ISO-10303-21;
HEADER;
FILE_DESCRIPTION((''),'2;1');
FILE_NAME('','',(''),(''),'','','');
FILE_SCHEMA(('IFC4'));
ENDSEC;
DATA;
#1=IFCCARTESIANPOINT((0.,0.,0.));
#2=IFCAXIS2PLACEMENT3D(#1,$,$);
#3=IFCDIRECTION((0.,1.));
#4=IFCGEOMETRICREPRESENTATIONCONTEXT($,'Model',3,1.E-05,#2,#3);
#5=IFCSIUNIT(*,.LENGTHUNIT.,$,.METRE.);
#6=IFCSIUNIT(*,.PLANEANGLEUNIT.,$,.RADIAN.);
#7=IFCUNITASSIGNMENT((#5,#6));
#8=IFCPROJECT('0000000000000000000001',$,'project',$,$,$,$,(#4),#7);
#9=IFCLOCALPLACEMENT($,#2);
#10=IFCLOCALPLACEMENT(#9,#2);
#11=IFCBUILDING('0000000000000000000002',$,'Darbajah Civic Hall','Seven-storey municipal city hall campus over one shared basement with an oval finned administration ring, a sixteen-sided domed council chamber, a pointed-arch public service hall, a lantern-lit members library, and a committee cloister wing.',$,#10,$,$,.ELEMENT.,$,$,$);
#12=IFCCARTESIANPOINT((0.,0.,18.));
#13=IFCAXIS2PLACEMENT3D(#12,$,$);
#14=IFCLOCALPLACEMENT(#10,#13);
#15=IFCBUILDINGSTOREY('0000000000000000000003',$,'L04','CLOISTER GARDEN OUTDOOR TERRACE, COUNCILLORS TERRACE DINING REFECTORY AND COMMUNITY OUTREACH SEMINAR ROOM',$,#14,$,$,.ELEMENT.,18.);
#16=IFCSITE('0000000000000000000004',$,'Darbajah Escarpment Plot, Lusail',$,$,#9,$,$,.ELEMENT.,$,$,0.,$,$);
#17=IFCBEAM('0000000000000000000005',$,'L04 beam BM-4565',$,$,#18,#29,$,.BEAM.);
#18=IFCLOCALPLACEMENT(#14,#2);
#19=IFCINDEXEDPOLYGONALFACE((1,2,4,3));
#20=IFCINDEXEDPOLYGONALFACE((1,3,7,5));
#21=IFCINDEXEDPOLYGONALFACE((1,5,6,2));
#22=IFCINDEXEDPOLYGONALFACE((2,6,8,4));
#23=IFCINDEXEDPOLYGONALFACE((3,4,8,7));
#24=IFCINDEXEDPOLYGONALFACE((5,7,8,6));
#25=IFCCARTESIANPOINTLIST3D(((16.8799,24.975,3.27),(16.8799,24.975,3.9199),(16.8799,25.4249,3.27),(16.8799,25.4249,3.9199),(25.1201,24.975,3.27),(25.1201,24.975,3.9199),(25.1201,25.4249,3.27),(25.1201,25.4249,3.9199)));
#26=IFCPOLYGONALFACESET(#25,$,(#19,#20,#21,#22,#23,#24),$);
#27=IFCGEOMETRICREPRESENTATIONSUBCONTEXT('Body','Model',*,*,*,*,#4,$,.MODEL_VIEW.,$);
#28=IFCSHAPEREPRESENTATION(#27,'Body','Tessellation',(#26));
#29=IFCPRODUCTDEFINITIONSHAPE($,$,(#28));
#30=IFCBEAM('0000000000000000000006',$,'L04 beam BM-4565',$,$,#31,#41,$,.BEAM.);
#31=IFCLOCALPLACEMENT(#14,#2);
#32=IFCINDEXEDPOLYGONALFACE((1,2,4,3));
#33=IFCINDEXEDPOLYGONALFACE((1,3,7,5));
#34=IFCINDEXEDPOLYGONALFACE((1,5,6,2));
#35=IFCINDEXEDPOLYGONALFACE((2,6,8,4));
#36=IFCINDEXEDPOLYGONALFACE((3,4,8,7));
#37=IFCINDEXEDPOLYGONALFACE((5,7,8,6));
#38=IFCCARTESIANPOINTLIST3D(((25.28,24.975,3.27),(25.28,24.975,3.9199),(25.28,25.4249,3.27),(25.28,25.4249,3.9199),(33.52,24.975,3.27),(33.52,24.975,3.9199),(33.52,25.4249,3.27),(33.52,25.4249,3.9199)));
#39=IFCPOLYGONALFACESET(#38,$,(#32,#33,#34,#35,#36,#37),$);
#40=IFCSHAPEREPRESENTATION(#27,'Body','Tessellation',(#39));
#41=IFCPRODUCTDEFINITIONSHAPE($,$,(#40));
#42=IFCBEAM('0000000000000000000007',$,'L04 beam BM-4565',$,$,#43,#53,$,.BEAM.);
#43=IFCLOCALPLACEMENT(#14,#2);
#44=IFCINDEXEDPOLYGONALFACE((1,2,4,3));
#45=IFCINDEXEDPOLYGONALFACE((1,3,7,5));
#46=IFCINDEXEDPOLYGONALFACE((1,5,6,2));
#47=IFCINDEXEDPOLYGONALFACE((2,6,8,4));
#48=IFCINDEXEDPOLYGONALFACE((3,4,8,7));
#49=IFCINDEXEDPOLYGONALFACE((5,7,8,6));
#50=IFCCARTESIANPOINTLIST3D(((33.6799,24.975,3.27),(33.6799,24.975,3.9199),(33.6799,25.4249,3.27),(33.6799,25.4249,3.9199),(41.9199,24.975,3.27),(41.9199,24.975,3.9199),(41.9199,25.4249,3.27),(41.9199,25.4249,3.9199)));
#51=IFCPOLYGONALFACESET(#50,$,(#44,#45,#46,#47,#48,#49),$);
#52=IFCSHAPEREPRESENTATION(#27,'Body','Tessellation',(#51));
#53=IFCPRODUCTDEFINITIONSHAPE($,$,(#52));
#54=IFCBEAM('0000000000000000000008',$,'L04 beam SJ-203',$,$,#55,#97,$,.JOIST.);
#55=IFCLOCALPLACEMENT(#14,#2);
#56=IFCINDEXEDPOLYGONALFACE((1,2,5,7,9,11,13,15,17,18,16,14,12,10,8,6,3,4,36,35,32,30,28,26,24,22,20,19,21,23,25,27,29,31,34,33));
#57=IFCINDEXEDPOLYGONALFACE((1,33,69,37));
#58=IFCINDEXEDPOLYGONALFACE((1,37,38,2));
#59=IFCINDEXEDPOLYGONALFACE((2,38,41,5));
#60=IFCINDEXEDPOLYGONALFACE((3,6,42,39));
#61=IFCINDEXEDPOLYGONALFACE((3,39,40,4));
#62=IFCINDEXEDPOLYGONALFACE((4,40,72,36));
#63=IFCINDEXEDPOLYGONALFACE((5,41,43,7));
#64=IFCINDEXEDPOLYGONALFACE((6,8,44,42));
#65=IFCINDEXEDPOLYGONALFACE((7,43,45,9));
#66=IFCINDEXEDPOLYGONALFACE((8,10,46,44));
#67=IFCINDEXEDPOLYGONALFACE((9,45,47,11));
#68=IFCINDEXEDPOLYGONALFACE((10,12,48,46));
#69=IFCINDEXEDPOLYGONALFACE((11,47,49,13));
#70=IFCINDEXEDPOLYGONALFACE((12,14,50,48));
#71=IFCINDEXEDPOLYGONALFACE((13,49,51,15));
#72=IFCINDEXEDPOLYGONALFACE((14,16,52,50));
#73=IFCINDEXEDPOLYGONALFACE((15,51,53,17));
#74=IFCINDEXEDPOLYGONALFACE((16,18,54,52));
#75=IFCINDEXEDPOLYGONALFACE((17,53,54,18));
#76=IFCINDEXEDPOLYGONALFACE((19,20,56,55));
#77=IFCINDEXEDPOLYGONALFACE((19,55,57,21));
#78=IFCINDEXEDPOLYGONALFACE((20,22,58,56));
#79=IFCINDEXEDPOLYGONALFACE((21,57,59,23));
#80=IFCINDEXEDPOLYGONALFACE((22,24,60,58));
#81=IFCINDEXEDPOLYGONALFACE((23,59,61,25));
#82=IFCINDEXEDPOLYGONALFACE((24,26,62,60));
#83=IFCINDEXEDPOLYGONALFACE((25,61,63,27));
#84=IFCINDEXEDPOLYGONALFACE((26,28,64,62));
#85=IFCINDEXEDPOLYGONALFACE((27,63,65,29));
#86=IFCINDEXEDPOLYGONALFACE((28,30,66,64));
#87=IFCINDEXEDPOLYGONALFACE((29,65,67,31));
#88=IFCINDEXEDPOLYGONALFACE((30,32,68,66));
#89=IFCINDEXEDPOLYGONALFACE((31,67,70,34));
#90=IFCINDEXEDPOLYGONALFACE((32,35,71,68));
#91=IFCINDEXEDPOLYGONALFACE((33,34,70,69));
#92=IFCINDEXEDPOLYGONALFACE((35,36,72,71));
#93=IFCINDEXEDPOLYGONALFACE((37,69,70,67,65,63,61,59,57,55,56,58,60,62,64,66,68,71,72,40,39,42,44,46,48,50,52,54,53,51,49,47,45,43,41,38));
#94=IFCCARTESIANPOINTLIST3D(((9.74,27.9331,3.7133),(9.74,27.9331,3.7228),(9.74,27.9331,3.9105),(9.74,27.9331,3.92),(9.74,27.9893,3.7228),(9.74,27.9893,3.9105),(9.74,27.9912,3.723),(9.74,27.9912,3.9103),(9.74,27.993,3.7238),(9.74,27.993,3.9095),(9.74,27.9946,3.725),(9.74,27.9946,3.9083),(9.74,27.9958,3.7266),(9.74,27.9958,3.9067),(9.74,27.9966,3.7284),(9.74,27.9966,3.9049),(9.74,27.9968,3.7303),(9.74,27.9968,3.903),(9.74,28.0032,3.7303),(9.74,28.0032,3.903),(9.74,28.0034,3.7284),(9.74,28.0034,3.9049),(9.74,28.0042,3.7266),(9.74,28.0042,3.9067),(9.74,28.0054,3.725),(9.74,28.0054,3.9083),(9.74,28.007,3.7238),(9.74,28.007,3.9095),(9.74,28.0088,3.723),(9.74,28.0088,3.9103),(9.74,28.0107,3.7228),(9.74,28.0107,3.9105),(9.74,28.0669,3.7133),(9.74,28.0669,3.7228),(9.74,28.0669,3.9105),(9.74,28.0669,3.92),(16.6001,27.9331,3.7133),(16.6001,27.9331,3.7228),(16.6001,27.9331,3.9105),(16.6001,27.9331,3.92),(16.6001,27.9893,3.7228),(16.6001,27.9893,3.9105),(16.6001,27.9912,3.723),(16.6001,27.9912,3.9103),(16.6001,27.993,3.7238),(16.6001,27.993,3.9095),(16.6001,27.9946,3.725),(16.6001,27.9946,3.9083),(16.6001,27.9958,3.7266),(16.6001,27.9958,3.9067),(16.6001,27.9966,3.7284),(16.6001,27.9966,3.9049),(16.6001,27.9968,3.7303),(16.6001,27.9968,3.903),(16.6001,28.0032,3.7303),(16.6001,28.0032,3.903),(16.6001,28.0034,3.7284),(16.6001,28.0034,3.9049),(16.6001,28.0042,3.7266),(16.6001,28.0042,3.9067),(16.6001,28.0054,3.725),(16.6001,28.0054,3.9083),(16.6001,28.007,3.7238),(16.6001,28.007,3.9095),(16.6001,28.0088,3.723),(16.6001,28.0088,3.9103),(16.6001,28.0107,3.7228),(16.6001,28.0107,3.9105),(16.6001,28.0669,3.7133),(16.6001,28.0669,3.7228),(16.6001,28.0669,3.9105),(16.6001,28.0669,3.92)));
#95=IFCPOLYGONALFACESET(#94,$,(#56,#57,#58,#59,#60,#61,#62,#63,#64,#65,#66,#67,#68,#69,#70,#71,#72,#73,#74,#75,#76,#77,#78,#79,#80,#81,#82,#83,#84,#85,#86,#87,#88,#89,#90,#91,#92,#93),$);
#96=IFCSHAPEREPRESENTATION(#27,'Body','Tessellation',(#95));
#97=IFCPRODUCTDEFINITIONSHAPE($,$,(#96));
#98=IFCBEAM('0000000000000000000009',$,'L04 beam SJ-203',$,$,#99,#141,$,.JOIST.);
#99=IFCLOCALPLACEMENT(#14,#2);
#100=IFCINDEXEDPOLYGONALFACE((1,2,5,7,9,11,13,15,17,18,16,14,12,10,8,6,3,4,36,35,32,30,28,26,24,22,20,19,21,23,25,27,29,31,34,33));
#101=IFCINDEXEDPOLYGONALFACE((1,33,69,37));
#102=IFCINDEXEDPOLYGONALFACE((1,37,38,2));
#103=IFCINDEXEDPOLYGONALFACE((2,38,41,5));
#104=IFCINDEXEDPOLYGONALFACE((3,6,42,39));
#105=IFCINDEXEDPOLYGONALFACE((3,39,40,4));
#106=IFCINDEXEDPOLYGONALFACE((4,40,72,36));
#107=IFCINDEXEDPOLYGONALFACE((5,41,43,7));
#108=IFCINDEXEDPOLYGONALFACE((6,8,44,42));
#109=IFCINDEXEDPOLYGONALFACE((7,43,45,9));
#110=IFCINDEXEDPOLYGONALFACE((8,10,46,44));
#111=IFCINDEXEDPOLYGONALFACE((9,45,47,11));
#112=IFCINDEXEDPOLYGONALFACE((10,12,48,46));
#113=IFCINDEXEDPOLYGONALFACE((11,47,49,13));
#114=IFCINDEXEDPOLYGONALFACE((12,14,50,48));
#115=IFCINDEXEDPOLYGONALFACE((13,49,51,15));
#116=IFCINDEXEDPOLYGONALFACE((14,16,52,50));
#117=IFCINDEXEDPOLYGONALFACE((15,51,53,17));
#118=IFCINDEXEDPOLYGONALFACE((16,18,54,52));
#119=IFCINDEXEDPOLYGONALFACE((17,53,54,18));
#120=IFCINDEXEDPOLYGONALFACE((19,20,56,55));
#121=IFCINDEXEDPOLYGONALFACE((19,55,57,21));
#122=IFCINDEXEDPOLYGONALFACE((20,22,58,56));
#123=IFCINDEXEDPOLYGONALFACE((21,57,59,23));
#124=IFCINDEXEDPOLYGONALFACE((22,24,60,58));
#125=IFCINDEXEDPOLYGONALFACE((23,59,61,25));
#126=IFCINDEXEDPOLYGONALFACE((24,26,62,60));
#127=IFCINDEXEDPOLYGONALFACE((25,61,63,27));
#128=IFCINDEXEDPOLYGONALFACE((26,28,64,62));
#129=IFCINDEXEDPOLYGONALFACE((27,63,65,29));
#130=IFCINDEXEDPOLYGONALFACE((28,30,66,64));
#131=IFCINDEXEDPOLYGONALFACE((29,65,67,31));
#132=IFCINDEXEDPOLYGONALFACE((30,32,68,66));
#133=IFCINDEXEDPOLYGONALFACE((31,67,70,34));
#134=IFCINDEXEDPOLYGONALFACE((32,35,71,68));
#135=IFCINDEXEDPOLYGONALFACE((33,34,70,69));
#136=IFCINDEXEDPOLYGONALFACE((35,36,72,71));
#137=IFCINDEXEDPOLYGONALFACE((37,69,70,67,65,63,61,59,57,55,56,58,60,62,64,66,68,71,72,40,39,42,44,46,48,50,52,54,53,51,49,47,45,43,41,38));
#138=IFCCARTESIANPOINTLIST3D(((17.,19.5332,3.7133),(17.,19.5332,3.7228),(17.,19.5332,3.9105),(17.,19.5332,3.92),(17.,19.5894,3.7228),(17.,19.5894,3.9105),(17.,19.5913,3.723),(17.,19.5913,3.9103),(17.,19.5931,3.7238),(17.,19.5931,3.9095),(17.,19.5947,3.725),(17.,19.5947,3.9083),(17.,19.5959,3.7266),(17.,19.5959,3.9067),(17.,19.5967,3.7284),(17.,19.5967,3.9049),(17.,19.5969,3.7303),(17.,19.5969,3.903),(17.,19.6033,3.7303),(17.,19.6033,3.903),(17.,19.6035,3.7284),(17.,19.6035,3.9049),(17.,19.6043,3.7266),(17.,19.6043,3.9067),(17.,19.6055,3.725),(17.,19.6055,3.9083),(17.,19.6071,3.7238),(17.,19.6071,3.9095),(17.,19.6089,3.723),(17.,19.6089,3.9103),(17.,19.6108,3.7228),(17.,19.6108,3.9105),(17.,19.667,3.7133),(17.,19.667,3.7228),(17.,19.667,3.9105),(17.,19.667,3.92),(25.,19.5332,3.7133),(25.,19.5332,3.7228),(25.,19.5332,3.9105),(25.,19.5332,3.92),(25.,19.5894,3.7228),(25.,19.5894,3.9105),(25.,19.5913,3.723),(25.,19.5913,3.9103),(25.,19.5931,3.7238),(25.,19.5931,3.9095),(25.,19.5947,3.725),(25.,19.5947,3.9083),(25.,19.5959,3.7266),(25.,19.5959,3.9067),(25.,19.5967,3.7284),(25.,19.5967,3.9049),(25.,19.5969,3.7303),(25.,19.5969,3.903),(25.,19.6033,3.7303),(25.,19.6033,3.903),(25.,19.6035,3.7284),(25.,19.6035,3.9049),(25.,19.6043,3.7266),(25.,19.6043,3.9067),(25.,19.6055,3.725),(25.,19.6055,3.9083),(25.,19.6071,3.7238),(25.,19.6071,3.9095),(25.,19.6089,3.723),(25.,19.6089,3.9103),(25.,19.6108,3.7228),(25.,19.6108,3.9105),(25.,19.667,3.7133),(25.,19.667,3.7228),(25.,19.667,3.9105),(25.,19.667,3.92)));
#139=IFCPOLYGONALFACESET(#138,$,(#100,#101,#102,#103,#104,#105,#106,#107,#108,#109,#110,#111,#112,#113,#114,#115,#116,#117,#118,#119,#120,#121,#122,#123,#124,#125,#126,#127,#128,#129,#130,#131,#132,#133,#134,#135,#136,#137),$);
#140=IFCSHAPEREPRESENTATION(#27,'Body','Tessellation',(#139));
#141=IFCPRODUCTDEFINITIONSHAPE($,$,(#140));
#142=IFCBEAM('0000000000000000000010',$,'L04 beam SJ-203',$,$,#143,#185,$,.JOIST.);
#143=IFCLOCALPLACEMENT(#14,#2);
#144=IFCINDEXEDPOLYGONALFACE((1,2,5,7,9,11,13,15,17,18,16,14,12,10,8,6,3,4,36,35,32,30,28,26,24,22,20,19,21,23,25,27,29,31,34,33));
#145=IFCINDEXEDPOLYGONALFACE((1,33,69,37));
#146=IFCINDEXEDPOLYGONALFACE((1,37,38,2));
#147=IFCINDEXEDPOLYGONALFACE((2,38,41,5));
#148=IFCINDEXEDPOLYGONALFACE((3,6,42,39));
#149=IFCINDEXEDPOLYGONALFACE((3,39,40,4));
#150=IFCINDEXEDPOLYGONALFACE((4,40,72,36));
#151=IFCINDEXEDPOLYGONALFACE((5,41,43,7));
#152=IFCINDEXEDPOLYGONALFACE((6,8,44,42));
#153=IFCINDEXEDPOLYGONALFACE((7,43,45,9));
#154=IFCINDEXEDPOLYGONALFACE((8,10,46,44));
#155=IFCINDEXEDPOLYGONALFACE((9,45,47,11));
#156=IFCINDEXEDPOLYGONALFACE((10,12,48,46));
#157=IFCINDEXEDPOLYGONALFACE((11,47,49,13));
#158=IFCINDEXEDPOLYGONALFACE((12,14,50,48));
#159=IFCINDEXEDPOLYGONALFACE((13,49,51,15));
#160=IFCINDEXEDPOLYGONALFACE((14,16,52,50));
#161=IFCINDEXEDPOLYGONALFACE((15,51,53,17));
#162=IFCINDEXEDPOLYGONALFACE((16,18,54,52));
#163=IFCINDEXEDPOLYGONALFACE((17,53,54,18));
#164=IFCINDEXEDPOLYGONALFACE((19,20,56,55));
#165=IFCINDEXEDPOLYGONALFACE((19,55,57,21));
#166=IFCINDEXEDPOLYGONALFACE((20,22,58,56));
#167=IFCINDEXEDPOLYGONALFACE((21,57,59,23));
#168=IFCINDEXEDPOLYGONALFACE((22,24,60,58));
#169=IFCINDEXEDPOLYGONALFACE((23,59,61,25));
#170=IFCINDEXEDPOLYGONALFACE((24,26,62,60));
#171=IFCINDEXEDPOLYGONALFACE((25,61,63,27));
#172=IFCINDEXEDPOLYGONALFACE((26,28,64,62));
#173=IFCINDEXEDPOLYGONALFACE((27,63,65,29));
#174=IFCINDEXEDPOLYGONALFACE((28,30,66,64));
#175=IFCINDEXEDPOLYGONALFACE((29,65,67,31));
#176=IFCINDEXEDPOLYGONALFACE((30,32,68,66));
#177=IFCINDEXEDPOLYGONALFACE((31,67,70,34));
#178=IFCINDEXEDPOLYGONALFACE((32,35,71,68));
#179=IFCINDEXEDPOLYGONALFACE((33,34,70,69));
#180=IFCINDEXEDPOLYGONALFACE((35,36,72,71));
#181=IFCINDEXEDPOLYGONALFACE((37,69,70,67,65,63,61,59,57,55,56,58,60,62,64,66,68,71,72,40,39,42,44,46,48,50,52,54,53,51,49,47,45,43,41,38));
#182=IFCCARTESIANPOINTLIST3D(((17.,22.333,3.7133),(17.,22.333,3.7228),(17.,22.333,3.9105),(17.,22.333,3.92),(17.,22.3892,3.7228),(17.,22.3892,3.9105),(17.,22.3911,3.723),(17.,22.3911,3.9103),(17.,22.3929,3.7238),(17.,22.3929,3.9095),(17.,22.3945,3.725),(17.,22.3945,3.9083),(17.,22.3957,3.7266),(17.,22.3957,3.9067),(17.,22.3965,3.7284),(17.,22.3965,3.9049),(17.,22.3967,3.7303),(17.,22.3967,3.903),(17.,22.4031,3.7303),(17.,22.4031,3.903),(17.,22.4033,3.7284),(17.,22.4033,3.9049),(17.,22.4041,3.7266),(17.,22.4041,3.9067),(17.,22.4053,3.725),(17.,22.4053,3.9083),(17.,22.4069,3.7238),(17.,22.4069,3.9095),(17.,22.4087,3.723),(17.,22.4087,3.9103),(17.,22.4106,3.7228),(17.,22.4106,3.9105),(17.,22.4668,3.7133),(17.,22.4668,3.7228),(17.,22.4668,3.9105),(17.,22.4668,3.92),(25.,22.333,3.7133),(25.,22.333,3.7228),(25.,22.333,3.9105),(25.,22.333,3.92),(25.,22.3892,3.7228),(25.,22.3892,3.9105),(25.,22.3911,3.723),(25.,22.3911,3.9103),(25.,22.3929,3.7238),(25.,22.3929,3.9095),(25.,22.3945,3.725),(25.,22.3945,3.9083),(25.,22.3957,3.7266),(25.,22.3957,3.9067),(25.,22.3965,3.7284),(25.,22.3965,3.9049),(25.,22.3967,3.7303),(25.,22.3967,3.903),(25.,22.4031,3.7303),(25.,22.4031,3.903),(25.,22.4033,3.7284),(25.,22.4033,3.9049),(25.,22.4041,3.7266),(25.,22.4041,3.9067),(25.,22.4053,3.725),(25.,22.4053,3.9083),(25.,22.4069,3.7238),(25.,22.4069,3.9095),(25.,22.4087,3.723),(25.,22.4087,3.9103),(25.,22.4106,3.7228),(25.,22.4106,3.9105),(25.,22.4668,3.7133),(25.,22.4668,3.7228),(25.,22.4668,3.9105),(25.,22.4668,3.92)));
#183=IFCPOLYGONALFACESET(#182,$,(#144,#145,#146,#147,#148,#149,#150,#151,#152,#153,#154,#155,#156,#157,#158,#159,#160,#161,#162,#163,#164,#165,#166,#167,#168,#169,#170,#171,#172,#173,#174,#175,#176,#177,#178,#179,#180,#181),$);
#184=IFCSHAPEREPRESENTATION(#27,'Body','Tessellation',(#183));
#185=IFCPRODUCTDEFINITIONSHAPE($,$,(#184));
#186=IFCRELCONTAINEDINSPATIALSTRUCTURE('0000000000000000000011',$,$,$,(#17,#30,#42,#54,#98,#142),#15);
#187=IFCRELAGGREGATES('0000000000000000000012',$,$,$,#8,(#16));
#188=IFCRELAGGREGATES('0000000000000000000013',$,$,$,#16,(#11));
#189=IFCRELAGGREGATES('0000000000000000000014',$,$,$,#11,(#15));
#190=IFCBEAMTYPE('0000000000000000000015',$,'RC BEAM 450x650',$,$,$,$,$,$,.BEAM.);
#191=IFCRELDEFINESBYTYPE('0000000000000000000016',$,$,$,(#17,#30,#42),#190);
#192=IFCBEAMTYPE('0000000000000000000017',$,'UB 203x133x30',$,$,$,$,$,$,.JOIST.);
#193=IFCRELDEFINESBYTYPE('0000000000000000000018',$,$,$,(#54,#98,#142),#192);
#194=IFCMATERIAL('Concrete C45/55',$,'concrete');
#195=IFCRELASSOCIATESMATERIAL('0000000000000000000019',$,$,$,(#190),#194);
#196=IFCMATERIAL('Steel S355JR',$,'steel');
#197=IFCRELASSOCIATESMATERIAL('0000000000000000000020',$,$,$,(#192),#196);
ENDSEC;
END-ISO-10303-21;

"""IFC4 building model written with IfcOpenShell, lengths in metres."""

from ifc_helpers import new_model, si_unit, direction, frame, origin, origin_2d, place, context, subcontext, project, spatial, rectangle, i_section, extrude, material, material_profile, profile_set, type_object, element, save


model = new_model("IFC4")

# Units and contexts
model_context = context("Model", 3, precision=1e-05, world=origin(), true_north=direction((0.0, 1.0)))
body_context = subcontext(model_context, "Body", "Model", "MODEL_VIEW")
ifc_project = project(units=[si_unit("LENGTHUNIT", "METRE"), si_unit("PLANEANGLEUNIT", "RADIAN")], contexts=[model_context])

# Site, building, storey
site_placement = place(None, origin())
site = spatial("IfcSite", under=ifc_project, at=site_placement, Name="Darbajah Escarpment Plot, Lusail", CompositionType="ELEMENT", RefElevation=0.0)
building_placement = place(site_placement, origin())
building = spatial("IfcBuilding", under=site, at=building_placement, Name="Darbajah Civic Hall", Description="Seven-storey municipal city hall campus over one shared basement with an oval finned administration ring, a sixteen-sided domed council chamber, a pointed-arch public service hall, a lantern-lit members library, and a committee cloister wing.", CompositionType="ELEMENT")
storey_placement = place(building_placement, frame((0.0, 0.0, 18.0)))
storey = spatial("IfcBuildingStorey", under=building, at=storey_placement, Name="L04", Description="CLOISTER GARDEN OUTDOOR TERRACE, COUNCILLORS TERRACE DINING REFECTORY AND COMMUNITY OUTREACH SEMINAR ROOM", CompositionType="ELEMENT", Elevation=18.0)

# Shared definitions
ifc_material_1 = material(Name="Steel S355JR", Category="steel")

# Beams
ifc_material_2 = material(Name="Concrete C45/55", Category="concrete")
ifc_material_profile_1 = material_profile(ifc_material_2, rectangle(XDim=0.45, YDim=0.6499, at=origin_2d()), Name="RC BEAM 450x650")
ifc_profile_set_1 = profile_set([ifc_material_profile_1], Name="Concrete C45/55")
beam_type_1 = type_object("IfcBeamType", Name="RC BEAM 450x650", PredefinedType="BEAM", material=ifc_profile_set_1)
beam_1_placement = place(storey_placement, frame((16.8799, 25.2, 3.595), z_axis=(1.0, 0.0, 0.0), x_axis=(0.0, 1.0, 0.0)))
element("IfcBeam", 1, at=beam_1_placement, inside=storey, type_object=beam_type_1, Name="L04 beam BM-4565", PredefinedType="BEAM", context=body_context, shape_type="SweptSolid", body=[
    extrude(rectangle(XDim=0.45, YDim=0.6499, at=origin_2d()), origin(), (0.0, 0.0, 1.0), 8.2402),
])
for number, where, z_axis, x_axis, name in (
    (2, (25.28, 25.2, 3.595), (1.0, 0.0, 0.0), (0.0, 1.0, 0.0), "L04 beam BM-4565"),
    (3, (33.6799, 25.2, 3.595), (1.0, 0.0, 0.0), (0.0, 1.0, 0.0), "L04 beam BM-4565"),
):
    element("IfcBeam", number, at=place(storey_placement, frame(where, z_axis=z_axis, x_axis=x_axis)), inside=storey, type_object=beam_type_1, Name=name, PredefinedType="BEAM", context=body_context, shape_type="SweptSolid", body=[
        extrude(rectangle(XDim=0.45, YDim=0.6499, at=origin_2d()), origin(), (0.0, 0.0, 1.0), 8.24),
    ])
ifc_material_profile_2 = material_profile(ifc_material_1, i_section(OverallWidth=0.1338, OverallDepth=0.2068, WebThickness=0.0063, FlangeThickness=0.0095, FilletRadius=0.0076, at=origin_2d()), Name="UB 203x133x30")
ifc_profile_set_2 = profile_set([ifc_material_profile_2], Name="Steel S355JR")
beam_type_2 = type_object("IfcBeamType", Name="UB 203x133x30", PredefinedType="JOIST", material=ifc_profile_set_2)
beam_2_placement = place(storey_placement, frame((9.74, 28.0, 3.8167), z_axis=(1.0, 0.0, 0.0), x_axis=(0.0, 1.0, 0.0)))
element("IfcBeam", 4, at=beam_2_placement, inside=storey, type_object=beam_type_2, Name="L04 beam SJ-203", PredefinedType="JOIST", context=body_context, shape_type="SweptSolid", body=[
    extrude(i_section(OverallWidth=0.1338, OverallDepth=0.2068, WebThickness=0.0063, FlangeThickness=0.0095, FilletRadius=0.0076, at=origin_2d()), origin(), (0.0, 0.0, 1.0), 6.8601),
])
for number, where, z_axis, x_axis, name in (
    (5, (17.0, 19.6001, 3.8167), (1.0, 0.0, 0.0), (0.0, 1.0, 0.0), "L04 beam SJ-203"),
    (6, (17.0, 22.3999, 3.8167), (1.0, 0.0, 0.0), (0.0, 1.0, 0.0), "L04 beam SJ-203"),
):
    element("IfcBeam", number, at=place(storey_placement, frame(where, z_axis=z_axis, x_axis=x_axis)), inside=storey, type_object=beam_type_2, Name=name, PredefinedType="JOIST", context=body_context, shape_type="SweptSolid", body=[
        extrude(i_section(OverallWidth=0.1338, OverallDepth=0.2068, WebThickness=0.0063, FlangeThickness=0.0095, FilletRadius=0.0076, at=origin_2d()), origin(), (0.0, 0.0, 1.0), 8.0),
    ])

save(model, "model.ifc")
